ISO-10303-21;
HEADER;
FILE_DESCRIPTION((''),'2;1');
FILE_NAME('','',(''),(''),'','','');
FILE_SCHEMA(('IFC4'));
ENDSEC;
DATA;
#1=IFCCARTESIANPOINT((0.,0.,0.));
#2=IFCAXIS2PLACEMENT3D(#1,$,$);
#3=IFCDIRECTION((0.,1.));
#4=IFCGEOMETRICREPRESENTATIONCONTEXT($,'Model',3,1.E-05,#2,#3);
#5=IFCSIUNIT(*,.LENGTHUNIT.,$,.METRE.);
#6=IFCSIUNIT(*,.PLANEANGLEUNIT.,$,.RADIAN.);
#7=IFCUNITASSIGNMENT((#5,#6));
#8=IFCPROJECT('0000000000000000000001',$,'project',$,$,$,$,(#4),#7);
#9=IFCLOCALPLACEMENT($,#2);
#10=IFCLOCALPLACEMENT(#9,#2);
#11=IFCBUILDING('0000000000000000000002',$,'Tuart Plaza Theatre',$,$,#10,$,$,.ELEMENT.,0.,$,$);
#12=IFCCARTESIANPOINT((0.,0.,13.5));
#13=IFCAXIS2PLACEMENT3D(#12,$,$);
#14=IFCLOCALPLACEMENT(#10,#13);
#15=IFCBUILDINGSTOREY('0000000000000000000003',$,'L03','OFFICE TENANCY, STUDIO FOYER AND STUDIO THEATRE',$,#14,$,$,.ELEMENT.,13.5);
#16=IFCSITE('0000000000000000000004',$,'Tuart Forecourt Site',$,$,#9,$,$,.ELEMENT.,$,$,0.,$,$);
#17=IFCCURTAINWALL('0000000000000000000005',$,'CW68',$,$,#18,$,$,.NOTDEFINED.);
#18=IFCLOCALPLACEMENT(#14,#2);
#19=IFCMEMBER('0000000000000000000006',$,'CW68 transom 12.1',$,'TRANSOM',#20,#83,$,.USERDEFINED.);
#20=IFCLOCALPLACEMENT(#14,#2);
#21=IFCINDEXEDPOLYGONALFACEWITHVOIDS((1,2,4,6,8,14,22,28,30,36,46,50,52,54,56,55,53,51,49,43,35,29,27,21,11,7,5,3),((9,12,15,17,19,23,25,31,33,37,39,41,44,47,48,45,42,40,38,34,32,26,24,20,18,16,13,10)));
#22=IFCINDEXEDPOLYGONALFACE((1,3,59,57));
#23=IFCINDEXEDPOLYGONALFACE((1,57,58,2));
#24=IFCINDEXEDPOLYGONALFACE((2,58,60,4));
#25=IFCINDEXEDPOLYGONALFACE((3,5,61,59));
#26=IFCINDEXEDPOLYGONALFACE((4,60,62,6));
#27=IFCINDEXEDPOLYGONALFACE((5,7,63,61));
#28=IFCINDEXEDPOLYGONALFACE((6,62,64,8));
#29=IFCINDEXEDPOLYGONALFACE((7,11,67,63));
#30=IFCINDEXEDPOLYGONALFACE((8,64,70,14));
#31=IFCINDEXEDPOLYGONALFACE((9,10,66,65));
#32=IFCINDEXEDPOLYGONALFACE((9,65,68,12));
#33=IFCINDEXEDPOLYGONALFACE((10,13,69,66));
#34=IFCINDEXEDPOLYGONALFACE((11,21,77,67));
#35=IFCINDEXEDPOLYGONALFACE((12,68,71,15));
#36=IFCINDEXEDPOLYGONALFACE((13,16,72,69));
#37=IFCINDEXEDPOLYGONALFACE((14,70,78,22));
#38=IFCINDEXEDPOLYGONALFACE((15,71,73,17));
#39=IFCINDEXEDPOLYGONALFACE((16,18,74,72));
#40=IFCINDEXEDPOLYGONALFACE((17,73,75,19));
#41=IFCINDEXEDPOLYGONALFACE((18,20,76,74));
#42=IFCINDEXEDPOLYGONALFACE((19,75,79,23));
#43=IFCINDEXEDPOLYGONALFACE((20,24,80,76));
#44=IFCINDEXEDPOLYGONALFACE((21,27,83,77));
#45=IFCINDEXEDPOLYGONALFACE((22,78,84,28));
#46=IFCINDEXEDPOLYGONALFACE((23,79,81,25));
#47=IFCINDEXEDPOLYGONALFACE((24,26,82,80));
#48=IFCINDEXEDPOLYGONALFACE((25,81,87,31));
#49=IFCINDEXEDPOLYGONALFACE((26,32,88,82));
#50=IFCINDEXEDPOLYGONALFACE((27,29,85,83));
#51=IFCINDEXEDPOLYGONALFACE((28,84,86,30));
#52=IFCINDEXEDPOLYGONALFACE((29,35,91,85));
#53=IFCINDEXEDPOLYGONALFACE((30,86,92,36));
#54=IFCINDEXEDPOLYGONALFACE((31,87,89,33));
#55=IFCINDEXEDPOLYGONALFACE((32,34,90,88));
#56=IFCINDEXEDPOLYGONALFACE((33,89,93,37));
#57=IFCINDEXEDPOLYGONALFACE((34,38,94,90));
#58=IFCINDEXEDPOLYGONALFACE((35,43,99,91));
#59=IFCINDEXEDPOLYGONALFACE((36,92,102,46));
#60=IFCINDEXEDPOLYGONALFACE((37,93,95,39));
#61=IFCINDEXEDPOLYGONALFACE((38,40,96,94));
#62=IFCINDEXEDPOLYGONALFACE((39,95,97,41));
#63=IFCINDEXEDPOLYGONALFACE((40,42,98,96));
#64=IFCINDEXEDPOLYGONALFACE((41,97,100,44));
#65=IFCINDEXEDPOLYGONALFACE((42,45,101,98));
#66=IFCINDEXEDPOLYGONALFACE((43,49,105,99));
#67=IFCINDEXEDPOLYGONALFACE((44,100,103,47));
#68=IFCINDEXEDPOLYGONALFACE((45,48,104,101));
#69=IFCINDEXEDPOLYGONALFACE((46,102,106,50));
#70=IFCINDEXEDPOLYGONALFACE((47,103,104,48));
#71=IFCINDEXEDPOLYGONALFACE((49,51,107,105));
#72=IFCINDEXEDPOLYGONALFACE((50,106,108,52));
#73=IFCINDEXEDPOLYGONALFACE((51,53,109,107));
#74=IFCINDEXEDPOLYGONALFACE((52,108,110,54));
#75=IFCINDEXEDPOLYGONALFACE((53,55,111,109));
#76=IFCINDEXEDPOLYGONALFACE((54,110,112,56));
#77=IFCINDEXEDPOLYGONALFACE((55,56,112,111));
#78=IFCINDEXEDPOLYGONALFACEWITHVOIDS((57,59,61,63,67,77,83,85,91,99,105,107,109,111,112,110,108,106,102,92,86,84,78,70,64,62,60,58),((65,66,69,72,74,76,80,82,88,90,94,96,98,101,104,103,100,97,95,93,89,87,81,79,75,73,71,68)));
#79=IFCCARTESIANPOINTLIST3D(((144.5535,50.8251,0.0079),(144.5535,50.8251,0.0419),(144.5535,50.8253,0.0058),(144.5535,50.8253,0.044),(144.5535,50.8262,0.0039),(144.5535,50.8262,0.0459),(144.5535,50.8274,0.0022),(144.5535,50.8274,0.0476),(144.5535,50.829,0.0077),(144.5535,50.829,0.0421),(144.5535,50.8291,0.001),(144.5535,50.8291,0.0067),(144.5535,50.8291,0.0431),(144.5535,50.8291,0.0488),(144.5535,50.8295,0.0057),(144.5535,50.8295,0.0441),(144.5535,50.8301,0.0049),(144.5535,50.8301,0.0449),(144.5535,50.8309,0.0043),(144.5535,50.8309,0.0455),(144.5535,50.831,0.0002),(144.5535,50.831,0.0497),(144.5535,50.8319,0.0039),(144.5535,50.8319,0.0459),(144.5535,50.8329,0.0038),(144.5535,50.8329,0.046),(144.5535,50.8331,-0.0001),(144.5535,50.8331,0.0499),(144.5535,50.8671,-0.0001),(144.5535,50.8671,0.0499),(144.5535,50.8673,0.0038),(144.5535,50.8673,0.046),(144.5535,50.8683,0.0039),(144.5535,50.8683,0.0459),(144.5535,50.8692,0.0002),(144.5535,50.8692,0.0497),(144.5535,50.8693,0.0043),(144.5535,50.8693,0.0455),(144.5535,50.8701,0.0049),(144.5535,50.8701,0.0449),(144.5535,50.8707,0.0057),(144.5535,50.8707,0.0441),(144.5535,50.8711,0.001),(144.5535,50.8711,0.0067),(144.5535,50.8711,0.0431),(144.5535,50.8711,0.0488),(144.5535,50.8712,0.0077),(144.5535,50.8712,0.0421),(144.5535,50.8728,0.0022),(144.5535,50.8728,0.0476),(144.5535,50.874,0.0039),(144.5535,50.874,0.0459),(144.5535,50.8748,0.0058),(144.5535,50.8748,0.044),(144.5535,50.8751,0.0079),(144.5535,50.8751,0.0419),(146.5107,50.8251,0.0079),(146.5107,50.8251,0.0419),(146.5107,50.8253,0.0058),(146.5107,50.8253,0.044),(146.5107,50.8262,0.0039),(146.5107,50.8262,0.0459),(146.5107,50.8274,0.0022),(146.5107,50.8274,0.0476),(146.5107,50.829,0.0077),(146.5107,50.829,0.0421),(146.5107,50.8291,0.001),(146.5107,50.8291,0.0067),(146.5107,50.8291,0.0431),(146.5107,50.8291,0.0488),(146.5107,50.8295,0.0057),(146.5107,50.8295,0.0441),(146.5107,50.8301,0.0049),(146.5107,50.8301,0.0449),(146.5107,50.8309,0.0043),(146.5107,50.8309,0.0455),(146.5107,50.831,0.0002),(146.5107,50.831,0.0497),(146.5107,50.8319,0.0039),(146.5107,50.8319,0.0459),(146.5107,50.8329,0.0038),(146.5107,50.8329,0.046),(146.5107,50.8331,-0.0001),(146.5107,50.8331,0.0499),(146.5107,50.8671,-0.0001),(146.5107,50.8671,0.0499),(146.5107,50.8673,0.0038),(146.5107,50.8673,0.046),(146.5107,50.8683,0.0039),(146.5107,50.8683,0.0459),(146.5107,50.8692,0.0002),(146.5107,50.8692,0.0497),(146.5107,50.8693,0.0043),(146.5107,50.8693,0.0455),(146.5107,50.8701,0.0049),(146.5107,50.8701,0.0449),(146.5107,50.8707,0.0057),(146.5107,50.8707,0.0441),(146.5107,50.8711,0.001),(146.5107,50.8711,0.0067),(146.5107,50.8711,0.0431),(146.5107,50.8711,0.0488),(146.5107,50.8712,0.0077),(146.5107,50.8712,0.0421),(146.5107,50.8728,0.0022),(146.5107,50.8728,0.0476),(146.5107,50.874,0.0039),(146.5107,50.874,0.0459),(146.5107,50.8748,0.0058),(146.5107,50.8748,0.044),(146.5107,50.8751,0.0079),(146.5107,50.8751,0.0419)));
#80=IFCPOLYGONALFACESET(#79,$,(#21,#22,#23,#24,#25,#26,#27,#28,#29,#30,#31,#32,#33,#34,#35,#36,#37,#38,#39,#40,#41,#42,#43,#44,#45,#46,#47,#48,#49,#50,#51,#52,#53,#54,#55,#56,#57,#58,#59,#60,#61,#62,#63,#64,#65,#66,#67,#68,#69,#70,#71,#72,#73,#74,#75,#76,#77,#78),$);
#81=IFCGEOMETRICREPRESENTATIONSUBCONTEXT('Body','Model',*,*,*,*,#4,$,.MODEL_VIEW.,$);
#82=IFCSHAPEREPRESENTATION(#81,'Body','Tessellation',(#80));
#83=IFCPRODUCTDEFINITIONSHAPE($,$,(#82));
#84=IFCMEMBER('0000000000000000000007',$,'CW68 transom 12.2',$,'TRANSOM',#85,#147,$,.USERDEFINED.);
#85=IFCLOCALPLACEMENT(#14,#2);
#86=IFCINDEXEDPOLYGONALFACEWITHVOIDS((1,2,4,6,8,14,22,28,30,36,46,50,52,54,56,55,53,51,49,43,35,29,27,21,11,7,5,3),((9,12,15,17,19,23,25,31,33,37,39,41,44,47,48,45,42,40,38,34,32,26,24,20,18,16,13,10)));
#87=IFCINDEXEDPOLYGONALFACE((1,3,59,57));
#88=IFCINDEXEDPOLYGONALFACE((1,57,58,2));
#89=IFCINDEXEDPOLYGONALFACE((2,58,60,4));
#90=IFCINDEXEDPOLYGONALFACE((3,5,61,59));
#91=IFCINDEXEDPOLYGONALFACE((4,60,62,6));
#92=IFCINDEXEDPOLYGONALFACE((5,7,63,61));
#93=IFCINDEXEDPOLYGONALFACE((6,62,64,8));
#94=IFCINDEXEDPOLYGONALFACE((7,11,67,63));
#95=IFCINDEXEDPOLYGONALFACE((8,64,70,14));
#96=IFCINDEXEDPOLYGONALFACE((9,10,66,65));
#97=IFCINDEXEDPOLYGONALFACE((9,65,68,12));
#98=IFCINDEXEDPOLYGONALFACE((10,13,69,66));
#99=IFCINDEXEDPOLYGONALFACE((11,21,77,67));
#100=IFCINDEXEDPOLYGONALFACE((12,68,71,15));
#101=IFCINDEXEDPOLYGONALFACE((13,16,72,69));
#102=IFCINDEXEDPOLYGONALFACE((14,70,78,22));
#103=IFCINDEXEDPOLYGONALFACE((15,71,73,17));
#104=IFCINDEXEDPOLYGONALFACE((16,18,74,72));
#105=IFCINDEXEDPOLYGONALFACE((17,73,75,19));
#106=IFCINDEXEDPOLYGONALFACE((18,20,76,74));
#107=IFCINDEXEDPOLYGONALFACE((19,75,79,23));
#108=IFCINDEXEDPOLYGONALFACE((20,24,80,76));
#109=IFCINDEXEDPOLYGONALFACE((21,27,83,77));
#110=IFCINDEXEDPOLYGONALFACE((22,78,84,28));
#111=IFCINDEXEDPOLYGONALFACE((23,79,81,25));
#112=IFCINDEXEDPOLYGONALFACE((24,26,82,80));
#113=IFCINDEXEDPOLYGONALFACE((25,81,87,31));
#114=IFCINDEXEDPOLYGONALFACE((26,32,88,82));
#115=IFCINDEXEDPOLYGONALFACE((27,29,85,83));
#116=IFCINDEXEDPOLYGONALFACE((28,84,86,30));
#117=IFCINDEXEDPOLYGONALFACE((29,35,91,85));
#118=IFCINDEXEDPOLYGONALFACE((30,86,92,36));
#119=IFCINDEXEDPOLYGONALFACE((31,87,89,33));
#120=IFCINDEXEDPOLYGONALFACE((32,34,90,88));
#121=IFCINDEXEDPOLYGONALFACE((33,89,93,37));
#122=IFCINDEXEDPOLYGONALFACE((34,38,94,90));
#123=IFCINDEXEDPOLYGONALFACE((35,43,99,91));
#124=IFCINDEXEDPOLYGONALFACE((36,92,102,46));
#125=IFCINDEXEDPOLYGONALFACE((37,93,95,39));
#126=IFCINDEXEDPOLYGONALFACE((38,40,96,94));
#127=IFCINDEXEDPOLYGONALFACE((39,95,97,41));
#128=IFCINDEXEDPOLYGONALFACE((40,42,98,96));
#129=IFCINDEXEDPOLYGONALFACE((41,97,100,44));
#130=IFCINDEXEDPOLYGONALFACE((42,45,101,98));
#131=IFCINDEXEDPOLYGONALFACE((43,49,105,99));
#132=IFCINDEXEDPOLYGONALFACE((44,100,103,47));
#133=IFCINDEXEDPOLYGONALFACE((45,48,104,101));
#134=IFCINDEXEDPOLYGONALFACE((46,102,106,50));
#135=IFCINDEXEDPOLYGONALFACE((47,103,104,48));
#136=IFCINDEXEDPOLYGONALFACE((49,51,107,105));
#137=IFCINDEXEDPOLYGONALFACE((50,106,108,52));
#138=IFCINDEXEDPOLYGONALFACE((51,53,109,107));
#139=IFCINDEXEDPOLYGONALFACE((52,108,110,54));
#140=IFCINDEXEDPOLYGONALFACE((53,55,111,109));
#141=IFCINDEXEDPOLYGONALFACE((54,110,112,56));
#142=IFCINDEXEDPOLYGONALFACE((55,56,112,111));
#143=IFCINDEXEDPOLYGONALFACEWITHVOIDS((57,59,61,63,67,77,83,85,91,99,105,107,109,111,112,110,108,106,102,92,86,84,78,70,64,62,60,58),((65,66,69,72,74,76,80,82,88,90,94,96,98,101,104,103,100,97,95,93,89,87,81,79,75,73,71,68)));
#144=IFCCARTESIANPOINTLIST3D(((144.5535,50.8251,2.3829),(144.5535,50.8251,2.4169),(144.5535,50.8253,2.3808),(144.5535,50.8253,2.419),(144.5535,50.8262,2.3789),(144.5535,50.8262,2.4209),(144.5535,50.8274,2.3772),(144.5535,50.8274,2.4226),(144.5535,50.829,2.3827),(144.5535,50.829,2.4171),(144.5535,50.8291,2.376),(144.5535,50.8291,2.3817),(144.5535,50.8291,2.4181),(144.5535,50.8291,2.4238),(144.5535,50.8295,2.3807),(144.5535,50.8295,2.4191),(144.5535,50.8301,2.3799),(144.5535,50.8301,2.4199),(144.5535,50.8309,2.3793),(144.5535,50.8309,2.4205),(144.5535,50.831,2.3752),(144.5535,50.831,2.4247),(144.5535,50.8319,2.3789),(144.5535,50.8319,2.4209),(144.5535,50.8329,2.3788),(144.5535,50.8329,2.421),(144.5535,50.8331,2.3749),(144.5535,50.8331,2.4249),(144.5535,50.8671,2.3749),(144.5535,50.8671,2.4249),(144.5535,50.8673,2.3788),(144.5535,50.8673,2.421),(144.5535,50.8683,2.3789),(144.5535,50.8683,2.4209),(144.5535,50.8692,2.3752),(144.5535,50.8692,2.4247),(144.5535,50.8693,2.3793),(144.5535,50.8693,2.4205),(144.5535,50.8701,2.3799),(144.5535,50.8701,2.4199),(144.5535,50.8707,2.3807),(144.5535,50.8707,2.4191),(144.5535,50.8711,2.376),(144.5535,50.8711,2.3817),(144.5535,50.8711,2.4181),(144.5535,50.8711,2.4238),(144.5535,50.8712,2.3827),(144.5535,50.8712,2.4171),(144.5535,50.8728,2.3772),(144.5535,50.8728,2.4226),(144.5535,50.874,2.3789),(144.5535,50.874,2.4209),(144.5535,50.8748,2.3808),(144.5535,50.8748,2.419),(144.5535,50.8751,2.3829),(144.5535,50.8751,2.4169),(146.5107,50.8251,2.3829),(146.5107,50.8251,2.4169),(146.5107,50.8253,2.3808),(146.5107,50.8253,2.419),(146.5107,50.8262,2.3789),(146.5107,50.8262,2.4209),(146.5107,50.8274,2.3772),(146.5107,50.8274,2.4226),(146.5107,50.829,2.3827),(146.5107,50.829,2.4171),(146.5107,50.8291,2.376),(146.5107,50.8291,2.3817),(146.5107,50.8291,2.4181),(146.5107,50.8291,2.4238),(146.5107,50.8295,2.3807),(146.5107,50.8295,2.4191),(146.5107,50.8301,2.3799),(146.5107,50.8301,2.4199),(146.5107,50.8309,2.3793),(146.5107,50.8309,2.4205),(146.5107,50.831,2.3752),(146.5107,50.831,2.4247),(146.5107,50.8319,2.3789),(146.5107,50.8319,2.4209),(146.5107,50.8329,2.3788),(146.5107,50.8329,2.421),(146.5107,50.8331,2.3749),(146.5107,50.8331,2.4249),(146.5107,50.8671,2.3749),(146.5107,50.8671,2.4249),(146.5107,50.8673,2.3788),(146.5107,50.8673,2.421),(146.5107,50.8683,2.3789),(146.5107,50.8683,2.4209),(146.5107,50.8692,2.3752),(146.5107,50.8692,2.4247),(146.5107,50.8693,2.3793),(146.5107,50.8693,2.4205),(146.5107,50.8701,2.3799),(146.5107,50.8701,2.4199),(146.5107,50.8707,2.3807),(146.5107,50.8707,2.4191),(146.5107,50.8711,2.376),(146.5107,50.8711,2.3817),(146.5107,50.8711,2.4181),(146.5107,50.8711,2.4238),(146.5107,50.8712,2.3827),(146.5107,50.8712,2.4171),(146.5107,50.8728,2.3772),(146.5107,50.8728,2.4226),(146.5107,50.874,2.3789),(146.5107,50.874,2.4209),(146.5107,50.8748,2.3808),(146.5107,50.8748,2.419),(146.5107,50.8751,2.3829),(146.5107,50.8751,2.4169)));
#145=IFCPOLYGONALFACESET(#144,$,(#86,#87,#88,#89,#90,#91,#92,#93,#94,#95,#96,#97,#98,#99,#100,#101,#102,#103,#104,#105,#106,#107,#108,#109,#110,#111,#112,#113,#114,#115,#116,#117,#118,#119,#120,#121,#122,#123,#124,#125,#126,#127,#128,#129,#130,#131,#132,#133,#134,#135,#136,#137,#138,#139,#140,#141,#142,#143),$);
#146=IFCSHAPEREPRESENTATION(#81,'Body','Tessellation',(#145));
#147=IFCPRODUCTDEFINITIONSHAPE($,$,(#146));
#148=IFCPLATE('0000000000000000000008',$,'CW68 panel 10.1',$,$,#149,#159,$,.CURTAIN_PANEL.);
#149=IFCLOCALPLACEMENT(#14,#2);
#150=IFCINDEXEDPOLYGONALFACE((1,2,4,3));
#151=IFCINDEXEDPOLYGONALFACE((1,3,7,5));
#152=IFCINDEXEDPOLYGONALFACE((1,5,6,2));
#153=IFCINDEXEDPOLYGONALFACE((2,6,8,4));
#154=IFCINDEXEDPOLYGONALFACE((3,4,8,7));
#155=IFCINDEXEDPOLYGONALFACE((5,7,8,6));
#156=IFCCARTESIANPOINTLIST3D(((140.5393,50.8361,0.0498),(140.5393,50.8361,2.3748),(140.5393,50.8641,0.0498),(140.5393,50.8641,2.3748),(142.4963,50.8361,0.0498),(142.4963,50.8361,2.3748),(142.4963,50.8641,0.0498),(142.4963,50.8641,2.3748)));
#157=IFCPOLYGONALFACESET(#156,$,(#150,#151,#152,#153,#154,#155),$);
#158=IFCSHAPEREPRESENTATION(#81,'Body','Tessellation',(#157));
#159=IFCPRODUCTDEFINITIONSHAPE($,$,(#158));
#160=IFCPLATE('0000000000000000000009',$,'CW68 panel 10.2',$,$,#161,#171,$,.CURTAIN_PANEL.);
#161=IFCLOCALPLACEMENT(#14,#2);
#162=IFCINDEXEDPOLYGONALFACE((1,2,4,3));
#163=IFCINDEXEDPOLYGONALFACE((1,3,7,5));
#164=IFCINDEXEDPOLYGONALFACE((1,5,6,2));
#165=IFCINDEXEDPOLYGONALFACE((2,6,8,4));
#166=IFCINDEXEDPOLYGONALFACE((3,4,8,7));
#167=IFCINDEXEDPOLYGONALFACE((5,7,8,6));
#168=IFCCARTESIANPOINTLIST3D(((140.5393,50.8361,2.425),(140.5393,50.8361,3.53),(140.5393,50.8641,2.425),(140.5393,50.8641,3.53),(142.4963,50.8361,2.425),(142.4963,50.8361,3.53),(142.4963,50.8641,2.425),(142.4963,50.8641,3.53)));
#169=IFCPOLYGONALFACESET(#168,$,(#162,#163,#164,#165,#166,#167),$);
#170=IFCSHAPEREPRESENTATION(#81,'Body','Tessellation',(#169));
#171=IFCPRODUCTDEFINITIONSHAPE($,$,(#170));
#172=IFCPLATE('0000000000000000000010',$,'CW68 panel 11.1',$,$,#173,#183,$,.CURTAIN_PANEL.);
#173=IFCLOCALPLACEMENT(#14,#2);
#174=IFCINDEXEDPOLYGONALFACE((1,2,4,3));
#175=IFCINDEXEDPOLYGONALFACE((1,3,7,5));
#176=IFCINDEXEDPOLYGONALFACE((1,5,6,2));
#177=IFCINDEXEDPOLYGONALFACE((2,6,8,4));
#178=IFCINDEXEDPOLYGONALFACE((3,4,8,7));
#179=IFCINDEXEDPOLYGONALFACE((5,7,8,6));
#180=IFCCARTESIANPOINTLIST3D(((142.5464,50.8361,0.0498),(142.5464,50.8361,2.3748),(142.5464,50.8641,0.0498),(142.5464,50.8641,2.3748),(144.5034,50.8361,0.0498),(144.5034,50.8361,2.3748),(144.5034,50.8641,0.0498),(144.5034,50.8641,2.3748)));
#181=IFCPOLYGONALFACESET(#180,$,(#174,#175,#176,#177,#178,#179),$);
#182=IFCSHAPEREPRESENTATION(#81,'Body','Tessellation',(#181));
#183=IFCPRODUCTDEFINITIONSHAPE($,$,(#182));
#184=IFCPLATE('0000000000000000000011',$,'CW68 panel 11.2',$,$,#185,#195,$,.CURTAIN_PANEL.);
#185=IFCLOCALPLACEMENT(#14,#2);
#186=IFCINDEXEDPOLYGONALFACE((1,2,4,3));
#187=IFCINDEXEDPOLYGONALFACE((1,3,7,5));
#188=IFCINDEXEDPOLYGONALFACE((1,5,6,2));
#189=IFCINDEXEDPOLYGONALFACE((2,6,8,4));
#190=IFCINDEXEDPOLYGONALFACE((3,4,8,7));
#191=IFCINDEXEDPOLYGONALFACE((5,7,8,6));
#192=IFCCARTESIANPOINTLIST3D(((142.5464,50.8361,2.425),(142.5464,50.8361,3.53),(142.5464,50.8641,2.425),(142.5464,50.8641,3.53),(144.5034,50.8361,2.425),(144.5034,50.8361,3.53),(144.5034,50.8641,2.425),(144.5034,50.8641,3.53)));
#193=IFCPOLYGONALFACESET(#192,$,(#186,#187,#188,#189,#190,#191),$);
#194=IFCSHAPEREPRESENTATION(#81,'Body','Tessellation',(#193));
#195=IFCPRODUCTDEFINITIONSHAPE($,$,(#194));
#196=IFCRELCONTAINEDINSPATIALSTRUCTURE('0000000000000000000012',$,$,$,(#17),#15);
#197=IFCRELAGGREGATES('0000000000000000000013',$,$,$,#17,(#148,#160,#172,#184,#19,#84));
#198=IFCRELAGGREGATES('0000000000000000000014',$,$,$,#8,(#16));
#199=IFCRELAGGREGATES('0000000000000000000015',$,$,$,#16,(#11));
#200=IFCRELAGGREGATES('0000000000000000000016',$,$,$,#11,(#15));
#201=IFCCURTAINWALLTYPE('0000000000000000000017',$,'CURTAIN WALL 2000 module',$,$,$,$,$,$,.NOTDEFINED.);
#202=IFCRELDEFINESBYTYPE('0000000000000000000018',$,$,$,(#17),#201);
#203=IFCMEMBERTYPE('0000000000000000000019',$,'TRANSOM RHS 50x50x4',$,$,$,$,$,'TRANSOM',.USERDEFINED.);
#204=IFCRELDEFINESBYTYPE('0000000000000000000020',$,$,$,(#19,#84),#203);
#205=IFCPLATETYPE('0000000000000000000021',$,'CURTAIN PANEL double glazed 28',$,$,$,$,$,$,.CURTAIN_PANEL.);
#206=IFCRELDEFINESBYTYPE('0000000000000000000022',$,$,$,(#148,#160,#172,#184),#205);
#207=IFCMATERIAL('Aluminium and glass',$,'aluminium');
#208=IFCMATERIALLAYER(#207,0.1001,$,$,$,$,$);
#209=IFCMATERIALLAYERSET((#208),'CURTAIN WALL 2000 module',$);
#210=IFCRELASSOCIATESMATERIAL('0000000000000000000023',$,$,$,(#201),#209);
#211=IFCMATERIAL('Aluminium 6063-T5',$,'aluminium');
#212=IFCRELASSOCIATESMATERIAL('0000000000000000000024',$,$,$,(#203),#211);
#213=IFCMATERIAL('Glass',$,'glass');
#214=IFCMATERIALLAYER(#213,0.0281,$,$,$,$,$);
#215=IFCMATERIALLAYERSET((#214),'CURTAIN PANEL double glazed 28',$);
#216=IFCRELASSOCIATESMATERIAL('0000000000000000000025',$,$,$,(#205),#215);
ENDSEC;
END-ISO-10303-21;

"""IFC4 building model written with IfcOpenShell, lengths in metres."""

from ifc_helpers import new_model, si_unit, direction, frame, origin, origin_2d, place, context, subcontext, project, spatial, rectangle, hollow_rectangle, extrude, material, layer, layer_set, material_profile, profile_set, type_object, element, aggregate, save


model = new_model("IFC4")

# Units and contexts
model_context = context("Model", 3, precision=1e-05, world=origin(), true_north=direction((0.0, 1.0)))
body_context = subcontext(model_context, "Body", "Model", "MODEL_VIEW")
ifc_project = project(units=[si_unit("LENGTHUNIT", "METRE"), si_unit("PLANEANGLEUNIT", "RADIAN")], contexts=[model_context])

# Site, building, storey
site_placement = place(None, origin())
site = spatial("IfcSite", under=ifc_project, at=site_placement, Name="Tuart Forecourt Site", CompositionType="ELEMENT", RefElevation=0.0)
building_placement = place(site_placement, origin())
building = spatial("IfcBuilding", under=site, at=building_placement, Name="Tuart Plaza Theatre", CompositionType="ELEMENT", ElevationOfRefHeight=0.0)
storey_placement = place(building_placement, frame((0.0, 0.0, 13.5)))
storey = spatial("IfcBuildingStorey", under=building, at=storey_placement, Name="L03", Description="OFFICE TENANCY, STUDIO FOYER AND STUDIO THEATRE", CompositionType="ELEMENT", Elevation=13.5)

# Curtain wall, members, plates
ifc_material_1 = material(Name="Aluminium and glass", Category="aluminium")
ifc_layer_1 = layer(ifc_material_1, 0.1001)
ifc_layer_set_1 = layer_set([ifc_layer_1], Name="CURTAIN WALL 2000 module")
curtain_wall_type = type_object("IfcCurtainWallType", Name="CURTAIN WALL 2000 module", PredefinedType="NOTDEFINED", material=ifc_layer_set_1)
curtain_wall_placement = place(storey_placement, origin())
curtain_wall = element("IfcCurtainWall", 1, at=curtain_wall_placement, inside=storey, type_object=curtain_wall_type, Name="CW68", PredefinedType="NOTDEFINED")
ifc_material_2 = material(Name="Aluminium 6063-T5", Category="aluminium")
ifc_material_profile_1 = material_profile(ifc_material_2, hollow_rectangle(XDim=0.05, YDim=0.05, WallThickness=0.0039, InnerFilletRadius=0.0039, OuterFilletRadius=0.0081, at=origin_2d()), Name="RHS 50x50x4")
ifc_profile_set_1 = profile_set([ifc_material_profile_1], Name="Aluminium 6063-T5")
member_type_1 = type_object("IfcMemberType", Name="TRANSOM RHS 50x50x4", ElementType="TRANSOM", PredefinedType="USERDEFINED", material=ifc_profile_set_1)
member_1_placement = place(storey_placement, frame((144.5535, 50.8501, 0.0249), z_axis=(1.0, 0.0, 0.0), x_axis=(0.0, 1.0, 0.0)))
member_1 = element("IfcMember", 2, at=member_1_placement, type_object=member_type_1, Name="CW68 transom 12.1", ObjectType="TRANSOM", PredefinedType="USERDEFINED", context=body_context, shape_type="SweptSolid", body=[
    extrude(hollow_rectangle(XDim=0.05, YDim=0.05, WallThickness=0.0039, InnerFilletRadius=0.0039, OuterFilletRadius=0.0081, at=origin_2d()), origin(), (0.0, 0.0, 1.0), 1.9573),
])
member_2_placement = place(storey_placement, frame((144.5535, 50.8501, 2.3999), z_axis=(1.0, 0.0, 0.0), x_axis=(0.0, 1.0, 0.0)))
member_2 = element("IfcMember", 3, at=member_2_placement, type_object=member_type_1, Name="CW68 transom 12.2", ObjectType="TRANSOM", PredefinedType="USERDEFINED", context=body_context, shape_type="SweptSolid", body=[
    extrude(hollow_rectangle(XDim=0.05, YDim=0.05, WallThickness=0.0039, InnerFilletRadius=0.0039, OuterFilletRadius=0.0081, at=origin_2d()), origin(), (0.0, 0.0, 1.0), 1.9573),
])
ifc_material_3 = material(Name="Glass", Category="glass")
ifc_layer_2 = layer(ifc_material_3, 0.0281)
ifc_layer_set_2 = layer_set([ifc_layer_2], Name="CURTAIN PANEL double glazed 28")
plate_type = type_object("IfcPlateType", Name="CURTAIN PANEL double glazed 28", PredefinedType="CURTAIN_PANEL", material=ifc_layer_set_2)
plate_1_placement = place(storey_placement, frame((141.5178, 50.8501, 0.0498), z_axis=(0.0, 0.0, 1.0), x_axis=(1.0, 0.0, 0.0)))
plate_1 = element("IfcPlate", 4, at=plate_1_placement, type_object=plate_type, Name="CW68 panel 10.1", PredefinedType="CURTAIN_PANEL", context=body_context, shape_type="SweptSolid", body=[
    extrude(rectangle(XDim=1.957, YDim=0.0281, at=origin_2d()), origin(), (0.0, 0.0, 1.0), 2.325),
])
plate_2_placement = place(storey_placement, frame((141.5178, 50.8501, 2.425), z_axis=(0.0, 0.0, 1.0), x_axis=(1.0, 0.0, 0.0)))
plate_2 = element("IfcPlate", 5, at=plate_2_placement, type_object=plate_type, Name="CW68 panel 10.2", PredefinedType="CURTAIN_PANEL", context=body_context, shape_type="SweptSolid", body=[
    extrude(rectangle(XDim=1.957, YDim=0.0281, at=origin_2d()), origin(), (0.0, 0.0, 1.0), 1.105),
])
plate_3_placement = place(storey_placement, frame((143.5249, 50.8501, 0.0498), z_axis=(0.0, 0.0, 1.0), x_axis=(1.0, 0.0, 0.0)))
plate_3 = element("IfcPlate", 6, at=plate_3_placement, type_object=plate_type, Name="CW68 panel 11.1", PredefinedType="CURTAIN_PANEL", context=body_context, shape_type="SweptSolid", body=[
    extrude(rectangle(XDim=1.957, YDim=0.0281, at=origin_2d()), origin(), (0.0, 0.0, 1.0), 2.325),
])
plate_4_placement = place(storey_placement, frame((143.5249, 50.8501, 2.425), z_axis=(0.0, 0.0, 1.0), x_axis=(1.0, 0.0, 0.0)))
plate_4 = element("IfcPlate", 7, at=plate_4_placement, type_object=plate_type, Name="CW68 panel 11.2", PredefinedType="CURTAIN_PANEL", context=body_context, shape_type="SweptSolid", body=[
    extrude(rectangle(XDim=1.957, YDim=0.0281, at=origin_2d()), origin(), (0.0, 0.0, 1.0), 1.105),
])
aggregate(curtain_wall, [plate_1, plate_2, plate_3, plate_4, member_1, member_2])

save(model, "model.ifc")
